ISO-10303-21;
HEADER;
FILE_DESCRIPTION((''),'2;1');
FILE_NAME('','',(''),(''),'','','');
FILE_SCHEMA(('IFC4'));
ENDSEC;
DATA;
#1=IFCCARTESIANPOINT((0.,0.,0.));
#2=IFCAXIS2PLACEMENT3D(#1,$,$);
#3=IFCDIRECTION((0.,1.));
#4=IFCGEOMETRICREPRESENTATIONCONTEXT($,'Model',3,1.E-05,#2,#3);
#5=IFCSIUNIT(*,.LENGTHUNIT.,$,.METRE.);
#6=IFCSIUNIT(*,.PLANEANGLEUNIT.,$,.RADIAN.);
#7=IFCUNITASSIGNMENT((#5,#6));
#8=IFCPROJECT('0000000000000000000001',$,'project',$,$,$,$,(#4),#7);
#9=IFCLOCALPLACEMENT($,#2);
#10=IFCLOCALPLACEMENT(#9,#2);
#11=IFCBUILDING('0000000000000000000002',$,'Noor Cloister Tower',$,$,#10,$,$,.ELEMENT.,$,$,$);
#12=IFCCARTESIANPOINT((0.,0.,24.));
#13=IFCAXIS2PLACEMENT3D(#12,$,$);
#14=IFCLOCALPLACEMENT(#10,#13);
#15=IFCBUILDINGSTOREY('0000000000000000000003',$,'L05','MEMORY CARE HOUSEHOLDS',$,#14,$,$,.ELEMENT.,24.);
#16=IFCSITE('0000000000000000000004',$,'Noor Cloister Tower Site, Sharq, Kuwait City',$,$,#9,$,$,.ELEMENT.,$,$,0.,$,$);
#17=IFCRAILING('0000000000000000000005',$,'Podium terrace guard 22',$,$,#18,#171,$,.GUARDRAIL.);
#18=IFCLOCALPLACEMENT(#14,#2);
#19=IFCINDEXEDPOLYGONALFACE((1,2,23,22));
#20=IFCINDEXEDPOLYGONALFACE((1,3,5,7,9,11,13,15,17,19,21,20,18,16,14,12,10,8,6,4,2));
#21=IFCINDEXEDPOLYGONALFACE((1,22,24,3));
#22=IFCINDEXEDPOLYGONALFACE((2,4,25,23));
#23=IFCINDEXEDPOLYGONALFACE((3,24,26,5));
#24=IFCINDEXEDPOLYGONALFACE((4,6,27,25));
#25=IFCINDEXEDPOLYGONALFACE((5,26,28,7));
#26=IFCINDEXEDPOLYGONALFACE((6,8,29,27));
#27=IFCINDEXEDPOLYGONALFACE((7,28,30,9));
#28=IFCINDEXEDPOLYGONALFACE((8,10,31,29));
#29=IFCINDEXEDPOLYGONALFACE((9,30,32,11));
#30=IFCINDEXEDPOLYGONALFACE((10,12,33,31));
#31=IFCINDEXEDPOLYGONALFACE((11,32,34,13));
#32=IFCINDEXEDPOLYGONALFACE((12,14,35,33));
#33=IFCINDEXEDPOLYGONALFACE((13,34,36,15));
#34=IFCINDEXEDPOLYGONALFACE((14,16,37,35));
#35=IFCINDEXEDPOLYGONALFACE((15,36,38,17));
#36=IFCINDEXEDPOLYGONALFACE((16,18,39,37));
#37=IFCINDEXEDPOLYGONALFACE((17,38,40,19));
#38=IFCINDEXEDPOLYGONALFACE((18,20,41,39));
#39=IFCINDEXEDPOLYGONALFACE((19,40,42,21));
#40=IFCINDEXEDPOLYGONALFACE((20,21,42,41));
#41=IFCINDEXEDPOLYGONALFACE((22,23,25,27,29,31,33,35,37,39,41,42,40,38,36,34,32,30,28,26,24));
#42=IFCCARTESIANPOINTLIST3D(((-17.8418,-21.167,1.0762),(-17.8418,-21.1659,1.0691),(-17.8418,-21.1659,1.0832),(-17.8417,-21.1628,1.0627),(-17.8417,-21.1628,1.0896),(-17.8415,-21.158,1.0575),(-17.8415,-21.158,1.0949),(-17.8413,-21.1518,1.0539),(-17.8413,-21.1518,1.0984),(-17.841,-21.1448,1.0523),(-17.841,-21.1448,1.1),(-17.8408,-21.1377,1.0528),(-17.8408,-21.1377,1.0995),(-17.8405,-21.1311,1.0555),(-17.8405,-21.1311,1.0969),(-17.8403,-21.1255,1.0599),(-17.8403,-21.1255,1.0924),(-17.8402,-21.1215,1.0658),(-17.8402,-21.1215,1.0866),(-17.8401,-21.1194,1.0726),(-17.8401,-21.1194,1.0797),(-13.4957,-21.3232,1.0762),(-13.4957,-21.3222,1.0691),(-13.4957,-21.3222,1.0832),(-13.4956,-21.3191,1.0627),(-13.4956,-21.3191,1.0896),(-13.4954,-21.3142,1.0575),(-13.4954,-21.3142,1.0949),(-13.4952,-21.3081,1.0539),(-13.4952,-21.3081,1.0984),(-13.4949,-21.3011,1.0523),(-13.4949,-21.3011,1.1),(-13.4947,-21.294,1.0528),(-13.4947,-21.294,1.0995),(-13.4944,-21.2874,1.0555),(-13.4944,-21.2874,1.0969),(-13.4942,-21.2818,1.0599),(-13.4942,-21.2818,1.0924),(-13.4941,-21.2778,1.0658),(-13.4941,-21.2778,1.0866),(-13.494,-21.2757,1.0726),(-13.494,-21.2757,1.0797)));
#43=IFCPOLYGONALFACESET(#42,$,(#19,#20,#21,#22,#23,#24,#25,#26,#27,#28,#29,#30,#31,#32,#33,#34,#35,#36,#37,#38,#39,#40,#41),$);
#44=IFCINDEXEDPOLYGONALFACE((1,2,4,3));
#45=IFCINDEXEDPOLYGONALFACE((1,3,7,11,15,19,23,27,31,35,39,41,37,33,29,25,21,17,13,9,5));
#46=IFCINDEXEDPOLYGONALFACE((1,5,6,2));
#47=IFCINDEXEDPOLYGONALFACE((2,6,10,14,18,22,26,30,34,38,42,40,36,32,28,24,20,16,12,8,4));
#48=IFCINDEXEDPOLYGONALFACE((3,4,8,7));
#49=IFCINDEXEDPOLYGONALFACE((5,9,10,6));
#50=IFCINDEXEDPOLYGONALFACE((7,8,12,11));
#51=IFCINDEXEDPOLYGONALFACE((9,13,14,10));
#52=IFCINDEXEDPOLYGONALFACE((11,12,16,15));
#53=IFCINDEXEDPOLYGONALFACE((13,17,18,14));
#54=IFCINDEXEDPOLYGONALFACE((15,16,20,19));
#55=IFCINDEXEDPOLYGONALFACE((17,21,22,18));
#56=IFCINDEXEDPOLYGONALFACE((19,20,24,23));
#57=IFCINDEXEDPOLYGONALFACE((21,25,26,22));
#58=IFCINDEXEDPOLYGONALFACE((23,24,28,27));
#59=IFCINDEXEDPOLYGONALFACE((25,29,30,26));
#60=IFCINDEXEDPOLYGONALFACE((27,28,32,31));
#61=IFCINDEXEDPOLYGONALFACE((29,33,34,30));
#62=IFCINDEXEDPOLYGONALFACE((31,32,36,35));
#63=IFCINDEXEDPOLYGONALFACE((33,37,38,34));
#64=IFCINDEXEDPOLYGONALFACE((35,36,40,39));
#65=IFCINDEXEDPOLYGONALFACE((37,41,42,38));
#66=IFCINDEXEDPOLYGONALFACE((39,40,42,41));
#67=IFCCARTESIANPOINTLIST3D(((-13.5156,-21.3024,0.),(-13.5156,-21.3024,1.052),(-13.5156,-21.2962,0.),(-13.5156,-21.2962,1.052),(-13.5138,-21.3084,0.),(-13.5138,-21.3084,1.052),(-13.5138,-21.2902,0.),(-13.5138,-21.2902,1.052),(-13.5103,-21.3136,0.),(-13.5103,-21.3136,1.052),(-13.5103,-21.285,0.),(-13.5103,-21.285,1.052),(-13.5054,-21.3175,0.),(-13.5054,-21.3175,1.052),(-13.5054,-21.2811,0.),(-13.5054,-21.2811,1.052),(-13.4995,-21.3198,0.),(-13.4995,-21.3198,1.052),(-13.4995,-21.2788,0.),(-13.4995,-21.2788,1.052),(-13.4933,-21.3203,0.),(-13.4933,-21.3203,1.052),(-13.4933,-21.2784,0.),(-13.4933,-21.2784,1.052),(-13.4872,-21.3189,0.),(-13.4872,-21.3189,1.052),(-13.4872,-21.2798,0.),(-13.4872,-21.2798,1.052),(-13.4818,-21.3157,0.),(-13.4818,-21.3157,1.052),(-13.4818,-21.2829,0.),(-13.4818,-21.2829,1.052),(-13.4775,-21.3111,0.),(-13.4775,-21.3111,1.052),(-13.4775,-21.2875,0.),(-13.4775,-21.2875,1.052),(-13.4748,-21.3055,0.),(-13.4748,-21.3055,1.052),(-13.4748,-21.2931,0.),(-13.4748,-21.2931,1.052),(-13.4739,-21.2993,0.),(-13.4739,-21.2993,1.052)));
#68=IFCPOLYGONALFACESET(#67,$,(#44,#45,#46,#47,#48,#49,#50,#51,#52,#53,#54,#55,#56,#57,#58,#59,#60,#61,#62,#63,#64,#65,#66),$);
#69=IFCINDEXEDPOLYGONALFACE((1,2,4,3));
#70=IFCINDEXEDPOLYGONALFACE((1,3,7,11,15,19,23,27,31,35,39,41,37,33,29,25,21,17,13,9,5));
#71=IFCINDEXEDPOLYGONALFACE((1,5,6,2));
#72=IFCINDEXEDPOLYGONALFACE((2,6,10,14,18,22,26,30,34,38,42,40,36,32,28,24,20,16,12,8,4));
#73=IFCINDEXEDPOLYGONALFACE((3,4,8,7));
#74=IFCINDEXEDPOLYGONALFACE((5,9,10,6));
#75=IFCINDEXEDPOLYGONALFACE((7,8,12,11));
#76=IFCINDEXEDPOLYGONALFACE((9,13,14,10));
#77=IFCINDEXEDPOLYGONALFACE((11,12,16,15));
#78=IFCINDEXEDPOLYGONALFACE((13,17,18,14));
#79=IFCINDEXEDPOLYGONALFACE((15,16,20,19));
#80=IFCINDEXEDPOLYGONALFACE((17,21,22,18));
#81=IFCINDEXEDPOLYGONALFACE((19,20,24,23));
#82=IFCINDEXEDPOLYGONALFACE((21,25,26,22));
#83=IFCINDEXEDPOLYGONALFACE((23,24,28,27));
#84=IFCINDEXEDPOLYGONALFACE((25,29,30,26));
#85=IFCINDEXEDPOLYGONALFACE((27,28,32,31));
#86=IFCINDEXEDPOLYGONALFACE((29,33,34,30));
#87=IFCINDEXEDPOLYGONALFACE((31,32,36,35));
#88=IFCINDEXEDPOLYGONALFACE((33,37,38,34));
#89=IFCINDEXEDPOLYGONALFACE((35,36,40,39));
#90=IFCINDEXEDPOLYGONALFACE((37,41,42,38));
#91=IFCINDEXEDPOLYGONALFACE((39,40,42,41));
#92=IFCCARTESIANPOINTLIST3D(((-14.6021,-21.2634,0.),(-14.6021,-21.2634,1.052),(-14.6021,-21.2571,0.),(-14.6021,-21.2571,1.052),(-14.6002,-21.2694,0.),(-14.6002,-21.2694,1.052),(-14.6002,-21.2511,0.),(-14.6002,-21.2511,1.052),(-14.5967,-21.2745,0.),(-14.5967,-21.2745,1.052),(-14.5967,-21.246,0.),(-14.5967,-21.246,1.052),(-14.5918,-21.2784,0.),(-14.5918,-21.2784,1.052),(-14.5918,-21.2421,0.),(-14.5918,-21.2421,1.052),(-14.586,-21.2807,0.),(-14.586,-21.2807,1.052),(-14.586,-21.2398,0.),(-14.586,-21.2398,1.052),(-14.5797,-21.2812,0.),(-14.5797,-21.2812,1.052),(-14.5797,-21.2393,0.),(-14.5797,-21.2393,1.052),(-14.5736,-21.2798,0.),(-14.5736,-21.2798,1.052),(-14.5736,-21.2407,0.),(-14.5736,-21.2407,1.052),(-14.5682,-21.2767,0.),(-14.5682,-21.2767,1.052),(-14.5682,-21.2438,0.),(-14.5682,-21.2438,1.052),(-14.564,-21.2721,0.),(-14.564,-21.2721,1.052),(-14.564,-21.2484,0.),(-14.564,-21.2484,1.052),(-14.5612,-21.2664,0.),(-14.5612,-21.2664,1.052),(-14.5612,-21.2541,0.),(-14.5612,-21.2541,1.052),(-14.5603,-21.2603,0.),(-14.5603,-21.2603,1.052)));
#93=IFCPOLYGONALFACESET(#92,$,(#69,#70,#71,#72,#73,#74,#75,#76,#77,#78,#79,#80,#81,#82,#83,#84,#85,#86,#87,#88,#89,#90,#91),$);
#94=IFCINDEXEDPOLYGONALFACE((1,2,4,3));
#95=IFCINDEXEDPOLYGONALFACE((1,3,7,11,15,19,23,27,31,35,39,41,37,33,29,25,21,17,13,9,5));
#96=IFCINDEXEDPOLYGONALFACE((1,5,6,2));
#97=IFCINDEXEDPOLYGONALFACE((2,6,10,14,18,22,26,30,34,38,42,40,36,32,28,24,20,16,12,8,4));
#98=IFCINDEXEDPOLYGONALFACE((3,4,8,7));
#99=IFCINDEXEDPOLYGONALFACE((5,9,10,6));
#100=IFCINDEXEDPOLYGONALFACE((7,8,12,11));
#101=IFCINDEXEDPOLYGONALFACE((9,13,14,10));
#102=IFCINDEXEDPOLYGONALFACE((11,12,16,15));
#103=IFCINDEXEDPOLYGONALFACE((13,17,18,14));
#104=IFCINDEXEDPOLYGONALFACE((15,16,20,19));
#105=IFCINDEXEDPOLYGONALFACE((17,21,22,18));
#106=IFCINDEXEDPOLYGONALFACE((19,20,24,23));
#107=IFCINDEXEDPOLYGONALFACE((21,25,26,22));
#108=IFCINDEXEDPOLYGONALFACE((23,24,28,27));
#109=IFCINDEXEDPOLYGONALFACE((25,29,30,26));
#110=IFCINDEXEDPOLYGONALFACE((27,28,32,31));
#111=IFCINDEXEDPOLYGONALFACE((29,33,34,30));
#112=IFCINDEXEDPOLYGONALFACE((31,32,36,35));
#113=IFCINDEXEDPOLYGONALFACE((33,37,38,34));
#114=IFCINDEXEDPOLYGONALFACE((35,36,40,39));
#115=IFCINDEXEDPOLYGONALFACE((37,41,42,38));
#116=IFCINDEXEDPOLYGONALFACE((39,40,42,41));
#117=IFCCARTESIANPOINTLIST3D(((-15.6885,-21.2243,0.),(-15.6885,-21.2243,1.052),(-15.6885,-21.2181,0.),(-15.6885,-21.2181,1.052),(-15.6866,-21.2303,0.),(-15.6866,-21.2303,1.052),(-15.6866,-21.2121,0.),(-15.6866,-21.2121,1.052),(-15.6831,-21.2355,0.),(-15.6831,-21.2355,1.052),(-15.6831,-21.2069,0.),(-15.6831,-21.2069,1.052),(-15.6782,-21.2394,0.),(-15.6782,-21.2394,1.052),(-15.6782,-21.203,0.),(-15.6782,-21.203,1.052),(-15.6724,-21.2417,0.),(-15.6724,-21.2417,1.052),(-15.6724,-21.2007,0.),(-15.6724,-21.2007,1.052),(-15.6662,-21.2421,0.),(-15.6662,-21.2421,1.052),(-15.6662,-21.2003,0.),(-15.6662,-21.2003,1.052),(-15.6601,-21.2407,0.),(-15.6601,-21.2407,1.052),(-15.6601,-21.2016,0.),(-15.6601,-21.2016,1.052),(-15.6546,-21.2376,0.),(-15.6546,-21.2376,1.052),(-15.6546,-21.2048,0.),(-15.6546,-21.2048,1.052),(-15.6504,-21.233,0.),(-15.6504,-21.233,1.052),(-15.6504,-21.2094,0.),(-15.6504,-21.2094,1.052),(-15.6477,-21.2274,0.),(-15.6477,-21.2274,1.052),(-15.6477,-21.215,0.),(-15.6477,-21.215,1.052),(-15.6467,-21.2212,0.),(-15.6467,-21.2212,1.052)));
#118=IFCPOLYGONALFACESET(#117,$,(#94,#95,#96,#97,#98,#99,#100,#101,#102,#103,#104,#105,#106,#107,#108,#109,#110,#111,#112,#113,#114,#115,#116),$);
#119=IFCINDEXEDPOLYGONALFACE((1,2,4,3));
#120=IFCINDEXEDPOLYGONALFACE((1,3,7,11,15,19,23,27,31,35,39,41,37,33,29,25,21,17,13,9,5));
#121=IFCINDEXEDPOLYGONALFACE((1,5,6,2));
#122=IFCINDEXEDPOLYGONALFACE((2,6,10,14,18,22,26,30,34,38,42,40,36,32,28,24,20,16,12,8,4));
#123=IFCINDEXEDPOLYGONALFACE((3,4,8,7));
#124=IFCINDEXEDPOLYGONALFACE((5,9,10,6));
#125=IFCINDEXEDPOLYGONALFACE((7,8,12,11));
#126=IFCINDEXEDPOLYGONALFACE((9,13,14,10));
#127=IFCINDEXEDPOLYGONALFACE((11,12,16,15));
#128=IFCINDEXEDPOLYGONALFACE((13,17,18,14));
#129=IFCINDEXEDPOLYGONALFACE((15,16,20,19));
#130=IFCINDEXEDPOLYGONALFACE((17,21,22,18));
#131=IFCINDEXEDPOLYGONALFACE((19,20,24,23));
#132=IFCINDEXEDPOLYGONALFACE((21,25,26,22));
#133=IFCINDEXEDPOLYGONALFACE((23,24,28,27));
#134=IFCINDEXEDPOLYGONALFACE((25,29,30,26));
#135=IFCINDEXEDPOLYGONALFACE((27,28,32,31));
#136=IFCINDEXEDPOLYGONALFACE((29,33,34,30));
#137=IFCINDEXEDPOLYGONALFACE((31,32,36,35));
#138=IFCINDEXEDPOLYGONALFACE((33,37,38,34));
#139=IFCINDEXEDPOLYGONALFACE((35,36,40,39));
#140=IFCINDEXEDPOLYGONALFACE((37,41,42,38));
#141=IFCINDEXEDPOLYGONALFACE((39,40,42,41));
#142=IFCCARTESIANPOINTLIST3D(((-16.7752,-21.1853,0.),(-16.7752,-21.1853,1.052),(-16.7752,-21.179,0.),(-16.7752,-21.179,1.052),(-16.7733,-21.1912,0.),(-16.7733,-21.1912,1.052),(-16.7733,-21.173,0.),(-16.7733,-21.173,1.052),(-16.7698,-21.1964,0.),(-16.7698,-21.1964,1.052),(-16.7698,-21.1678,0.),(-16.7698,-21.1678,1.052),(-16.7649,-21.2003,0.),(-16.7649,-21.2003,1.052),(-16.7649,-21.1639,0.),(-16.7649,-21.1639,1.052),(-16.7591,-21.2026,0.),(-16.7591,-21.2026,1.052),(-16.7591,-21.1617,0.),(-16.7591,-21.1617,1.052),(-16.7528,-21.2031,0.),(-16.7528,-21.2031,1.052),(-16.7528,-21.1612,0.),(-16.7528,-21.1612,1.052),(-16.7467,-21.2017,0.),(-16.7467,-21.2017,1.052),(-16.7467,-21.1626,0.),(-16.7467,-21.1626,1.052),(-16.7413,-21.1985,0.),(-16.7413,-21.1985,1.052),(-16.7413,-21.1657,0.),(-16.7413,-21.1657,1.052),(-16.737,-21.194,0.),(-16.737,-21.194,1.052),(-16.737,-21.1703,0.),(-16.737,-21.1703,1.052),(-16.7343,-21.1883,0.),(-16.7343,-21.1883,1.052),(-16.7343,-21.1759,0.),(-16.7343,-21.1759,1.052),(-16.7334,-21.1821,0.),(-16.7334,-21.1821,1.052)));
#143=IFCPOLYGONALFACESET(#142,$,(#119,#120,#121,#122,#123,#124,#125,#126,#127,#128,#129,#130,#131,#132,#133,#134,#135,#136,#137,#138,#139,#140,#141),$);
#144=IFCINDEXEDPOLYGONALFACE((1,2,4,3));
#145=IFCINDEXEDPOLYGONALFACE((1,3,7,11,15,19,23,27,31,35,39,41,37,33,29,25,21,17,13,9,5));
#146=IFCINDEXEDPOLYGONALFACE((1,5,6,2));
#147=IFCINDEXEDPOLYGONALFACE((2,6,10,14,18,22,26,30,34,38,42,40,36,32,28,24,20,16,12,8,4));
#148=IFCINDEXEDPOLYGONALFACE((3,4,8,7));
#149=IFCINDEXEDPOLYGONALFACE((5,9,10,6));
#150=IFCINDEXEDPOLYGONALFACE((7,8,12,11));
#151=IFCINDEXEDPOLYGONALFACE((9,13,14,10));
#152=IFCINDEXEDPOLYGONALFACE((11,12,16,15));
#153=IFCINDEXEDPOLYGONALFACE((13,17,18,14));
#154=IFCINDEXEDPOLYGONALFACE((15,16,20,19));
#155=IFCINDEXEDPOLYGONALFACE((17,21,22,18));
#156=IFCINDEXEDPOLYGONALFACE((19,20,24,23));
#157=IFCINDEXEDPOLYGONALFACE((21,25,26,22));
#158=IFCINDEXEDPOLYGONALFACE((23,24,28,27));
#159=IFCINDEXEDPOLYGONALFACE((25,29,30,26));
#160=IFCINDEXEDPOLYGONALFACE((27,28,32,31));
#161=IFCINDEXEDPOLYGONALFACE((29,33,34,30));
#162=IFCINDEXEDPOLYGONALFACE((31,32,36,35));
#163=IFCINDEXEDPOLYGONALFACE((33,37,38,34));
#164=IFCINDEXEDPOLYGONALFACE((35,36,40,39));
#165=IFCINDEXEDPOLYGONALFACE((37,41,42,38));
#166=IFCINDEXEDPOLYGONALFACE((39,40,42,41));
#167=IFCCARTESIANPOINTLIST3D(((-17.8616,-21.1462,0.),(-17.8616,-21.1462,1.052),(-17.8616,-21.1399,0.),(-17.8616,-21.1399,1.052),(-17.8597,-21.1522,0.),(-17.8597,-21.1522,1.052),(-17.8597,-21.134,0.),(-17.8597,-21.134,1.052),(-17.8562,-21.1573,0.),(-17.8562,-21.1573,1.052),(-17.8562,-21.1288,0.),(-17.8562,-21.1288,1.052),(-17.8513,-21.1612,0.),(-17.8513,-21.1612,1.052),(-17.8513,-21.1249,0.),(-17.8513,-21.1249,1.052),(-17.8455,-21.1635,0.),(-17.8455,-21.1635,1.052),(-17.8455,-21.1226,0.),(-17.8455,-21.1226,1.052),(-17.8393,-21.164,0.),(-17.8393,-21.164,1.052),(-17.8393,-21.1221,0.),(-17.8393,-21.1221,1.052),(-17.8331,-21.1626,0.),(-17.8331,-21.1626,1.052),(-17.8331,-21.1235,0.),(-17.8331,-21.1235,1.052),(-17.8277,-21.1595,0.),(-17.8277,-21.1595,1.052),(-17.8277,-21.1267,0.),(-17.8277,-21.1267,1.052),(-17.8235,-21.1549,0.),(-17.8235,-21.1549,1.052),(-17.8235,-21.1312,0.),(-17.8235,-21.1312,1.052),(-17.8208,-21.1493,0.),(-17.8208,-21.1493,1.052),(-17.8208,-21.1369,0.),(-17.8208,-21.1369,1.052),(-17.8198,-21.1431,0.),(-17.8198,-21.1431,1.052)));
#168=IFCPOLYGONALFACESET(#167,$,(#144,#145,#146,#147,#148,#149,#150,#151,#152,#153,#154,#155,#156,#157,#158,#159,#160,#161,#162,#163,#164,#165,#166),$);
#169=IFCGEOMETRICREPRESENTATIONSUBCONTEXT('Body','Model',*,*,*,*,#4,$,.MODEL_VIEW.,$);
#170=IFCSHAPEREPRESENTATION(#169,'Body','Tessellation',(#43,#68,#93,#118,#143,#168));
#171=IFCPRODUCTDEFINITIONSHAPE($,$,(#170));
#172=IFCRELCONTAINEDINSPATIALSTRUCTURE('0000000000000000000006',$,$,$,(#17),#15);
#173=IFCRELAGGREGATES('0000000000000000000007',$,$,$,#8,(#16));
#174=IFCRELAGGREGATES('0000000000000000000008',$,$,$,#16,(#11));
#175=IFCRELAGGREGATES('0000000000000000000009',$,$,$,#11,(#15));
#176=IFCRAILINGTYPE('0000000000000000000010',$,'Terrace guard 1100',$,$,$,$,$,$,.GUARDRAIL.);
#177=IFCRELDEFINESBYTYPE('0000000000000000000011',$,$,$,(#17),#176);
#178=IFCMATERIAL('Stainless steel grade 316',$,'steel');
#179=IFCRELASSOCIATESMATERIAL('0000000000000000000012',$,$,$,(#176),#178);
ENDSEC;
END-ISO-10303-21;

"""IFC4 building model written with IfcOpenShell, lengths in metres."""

from ifc_helpers import new_model, si_unit, direction, frame, origin, origin_2d, place, context, subcontext, project, spatial, circle, extrude, material, type_object, element, save


model = new_model("IFC4")

# Units and contexts
model_context = context("Model", 3, precision=1e-05, world=origin(), true_north=direction((0.0, 1.0)))
body_context = subcontext(model_context, "Body", "Model", "MODEL_VIEW")
ifc_project = project(units=[si_unit("LENGTHUNIT", "METRE"), si_unit("PLANEANGLEUNIT", "RADIAN")], contexts=[model_context])

# Site, building, storey
site_placement = place(None, origin())
site = spatial("IfcSite", under=ifc_project, at=site_placement, Name="Noor Cloister Tower Site, Sharq, Kuwait City", CompositionType="ELEMENT", RefElevation=0.0)
building_placement = place(site_placement, origin())
building = spatial("IfcBuilding", under=site, at=building_placement, Name="Noor Cloister Tower", CompositionType="ELEMENT")
storey_placement = place(building_placement, frame((0.0, 0.0, 24.0)))
storey = spatial("IfcBuildingStorey", under=building, at=storey_placement, Name="L05", Description="MEMORY CARE HOUSEHOLDS", CompositionType="ELEMENT", Elevation=24.0)

# Railing
ifc_material_1 = material(Name="Stainless steel grade 316", Category="steel")
railing_type = type_object("IfcRailingType", Name="Terrace guard 1100", PredefinedType="GUARDRAIL", material=ifc_material_1)
railing_1_placement = place(storey_placement, frame((-13.4949, -21.2993, 0.0)))
element("IfcRailing", 1, at=railing_1_placement, inside=storey, type_object=railing_type, Name="Podium terrace guard 22", PredefinedType="GUARDRAIL", context=body_context, shape_type="SweptSolid", body=[
    extrude(circle(Radius=0.0239, at=origin_2d()), frame((0.0, 0.0, 1.0762), z_axis=(-0.999354, 0.03593, 0.0), x_axis=(-0.03593, -0.999354, 0.0)), (0.0, 0.0, 1.0), 4.3489),
    extrude(circle(Radius=0.021, at=origin_2d()), origin(), (0.0, 0.0, 1.0), 1.052),
    extrude(circle(Radius=0.021, at=origin_2d()), frame((-1.0864, 0.0391, 0.0)), (0.0, 0.0, 1.0), 1.052),
    extrude(circle(Radius=0.021, at=origin_2d()), frame((-2.1729, 0.0781, 0.0)), (0.0, 0.0, 1.0), 1.052),
    extrude(circle(Radius=0.021, at=origin_2d()), frame((-3.2595, 0.1172, 0.0)), (0.0, 0.0, 1.0), 1.052),
    extrude(circle(Radius=0.021, at=origin_2d()), frame((-4.3459, 0.1562, 0.0)), (0.0, 0.0, 1.0), 1.052),
])

save(model, "model.ifc")
